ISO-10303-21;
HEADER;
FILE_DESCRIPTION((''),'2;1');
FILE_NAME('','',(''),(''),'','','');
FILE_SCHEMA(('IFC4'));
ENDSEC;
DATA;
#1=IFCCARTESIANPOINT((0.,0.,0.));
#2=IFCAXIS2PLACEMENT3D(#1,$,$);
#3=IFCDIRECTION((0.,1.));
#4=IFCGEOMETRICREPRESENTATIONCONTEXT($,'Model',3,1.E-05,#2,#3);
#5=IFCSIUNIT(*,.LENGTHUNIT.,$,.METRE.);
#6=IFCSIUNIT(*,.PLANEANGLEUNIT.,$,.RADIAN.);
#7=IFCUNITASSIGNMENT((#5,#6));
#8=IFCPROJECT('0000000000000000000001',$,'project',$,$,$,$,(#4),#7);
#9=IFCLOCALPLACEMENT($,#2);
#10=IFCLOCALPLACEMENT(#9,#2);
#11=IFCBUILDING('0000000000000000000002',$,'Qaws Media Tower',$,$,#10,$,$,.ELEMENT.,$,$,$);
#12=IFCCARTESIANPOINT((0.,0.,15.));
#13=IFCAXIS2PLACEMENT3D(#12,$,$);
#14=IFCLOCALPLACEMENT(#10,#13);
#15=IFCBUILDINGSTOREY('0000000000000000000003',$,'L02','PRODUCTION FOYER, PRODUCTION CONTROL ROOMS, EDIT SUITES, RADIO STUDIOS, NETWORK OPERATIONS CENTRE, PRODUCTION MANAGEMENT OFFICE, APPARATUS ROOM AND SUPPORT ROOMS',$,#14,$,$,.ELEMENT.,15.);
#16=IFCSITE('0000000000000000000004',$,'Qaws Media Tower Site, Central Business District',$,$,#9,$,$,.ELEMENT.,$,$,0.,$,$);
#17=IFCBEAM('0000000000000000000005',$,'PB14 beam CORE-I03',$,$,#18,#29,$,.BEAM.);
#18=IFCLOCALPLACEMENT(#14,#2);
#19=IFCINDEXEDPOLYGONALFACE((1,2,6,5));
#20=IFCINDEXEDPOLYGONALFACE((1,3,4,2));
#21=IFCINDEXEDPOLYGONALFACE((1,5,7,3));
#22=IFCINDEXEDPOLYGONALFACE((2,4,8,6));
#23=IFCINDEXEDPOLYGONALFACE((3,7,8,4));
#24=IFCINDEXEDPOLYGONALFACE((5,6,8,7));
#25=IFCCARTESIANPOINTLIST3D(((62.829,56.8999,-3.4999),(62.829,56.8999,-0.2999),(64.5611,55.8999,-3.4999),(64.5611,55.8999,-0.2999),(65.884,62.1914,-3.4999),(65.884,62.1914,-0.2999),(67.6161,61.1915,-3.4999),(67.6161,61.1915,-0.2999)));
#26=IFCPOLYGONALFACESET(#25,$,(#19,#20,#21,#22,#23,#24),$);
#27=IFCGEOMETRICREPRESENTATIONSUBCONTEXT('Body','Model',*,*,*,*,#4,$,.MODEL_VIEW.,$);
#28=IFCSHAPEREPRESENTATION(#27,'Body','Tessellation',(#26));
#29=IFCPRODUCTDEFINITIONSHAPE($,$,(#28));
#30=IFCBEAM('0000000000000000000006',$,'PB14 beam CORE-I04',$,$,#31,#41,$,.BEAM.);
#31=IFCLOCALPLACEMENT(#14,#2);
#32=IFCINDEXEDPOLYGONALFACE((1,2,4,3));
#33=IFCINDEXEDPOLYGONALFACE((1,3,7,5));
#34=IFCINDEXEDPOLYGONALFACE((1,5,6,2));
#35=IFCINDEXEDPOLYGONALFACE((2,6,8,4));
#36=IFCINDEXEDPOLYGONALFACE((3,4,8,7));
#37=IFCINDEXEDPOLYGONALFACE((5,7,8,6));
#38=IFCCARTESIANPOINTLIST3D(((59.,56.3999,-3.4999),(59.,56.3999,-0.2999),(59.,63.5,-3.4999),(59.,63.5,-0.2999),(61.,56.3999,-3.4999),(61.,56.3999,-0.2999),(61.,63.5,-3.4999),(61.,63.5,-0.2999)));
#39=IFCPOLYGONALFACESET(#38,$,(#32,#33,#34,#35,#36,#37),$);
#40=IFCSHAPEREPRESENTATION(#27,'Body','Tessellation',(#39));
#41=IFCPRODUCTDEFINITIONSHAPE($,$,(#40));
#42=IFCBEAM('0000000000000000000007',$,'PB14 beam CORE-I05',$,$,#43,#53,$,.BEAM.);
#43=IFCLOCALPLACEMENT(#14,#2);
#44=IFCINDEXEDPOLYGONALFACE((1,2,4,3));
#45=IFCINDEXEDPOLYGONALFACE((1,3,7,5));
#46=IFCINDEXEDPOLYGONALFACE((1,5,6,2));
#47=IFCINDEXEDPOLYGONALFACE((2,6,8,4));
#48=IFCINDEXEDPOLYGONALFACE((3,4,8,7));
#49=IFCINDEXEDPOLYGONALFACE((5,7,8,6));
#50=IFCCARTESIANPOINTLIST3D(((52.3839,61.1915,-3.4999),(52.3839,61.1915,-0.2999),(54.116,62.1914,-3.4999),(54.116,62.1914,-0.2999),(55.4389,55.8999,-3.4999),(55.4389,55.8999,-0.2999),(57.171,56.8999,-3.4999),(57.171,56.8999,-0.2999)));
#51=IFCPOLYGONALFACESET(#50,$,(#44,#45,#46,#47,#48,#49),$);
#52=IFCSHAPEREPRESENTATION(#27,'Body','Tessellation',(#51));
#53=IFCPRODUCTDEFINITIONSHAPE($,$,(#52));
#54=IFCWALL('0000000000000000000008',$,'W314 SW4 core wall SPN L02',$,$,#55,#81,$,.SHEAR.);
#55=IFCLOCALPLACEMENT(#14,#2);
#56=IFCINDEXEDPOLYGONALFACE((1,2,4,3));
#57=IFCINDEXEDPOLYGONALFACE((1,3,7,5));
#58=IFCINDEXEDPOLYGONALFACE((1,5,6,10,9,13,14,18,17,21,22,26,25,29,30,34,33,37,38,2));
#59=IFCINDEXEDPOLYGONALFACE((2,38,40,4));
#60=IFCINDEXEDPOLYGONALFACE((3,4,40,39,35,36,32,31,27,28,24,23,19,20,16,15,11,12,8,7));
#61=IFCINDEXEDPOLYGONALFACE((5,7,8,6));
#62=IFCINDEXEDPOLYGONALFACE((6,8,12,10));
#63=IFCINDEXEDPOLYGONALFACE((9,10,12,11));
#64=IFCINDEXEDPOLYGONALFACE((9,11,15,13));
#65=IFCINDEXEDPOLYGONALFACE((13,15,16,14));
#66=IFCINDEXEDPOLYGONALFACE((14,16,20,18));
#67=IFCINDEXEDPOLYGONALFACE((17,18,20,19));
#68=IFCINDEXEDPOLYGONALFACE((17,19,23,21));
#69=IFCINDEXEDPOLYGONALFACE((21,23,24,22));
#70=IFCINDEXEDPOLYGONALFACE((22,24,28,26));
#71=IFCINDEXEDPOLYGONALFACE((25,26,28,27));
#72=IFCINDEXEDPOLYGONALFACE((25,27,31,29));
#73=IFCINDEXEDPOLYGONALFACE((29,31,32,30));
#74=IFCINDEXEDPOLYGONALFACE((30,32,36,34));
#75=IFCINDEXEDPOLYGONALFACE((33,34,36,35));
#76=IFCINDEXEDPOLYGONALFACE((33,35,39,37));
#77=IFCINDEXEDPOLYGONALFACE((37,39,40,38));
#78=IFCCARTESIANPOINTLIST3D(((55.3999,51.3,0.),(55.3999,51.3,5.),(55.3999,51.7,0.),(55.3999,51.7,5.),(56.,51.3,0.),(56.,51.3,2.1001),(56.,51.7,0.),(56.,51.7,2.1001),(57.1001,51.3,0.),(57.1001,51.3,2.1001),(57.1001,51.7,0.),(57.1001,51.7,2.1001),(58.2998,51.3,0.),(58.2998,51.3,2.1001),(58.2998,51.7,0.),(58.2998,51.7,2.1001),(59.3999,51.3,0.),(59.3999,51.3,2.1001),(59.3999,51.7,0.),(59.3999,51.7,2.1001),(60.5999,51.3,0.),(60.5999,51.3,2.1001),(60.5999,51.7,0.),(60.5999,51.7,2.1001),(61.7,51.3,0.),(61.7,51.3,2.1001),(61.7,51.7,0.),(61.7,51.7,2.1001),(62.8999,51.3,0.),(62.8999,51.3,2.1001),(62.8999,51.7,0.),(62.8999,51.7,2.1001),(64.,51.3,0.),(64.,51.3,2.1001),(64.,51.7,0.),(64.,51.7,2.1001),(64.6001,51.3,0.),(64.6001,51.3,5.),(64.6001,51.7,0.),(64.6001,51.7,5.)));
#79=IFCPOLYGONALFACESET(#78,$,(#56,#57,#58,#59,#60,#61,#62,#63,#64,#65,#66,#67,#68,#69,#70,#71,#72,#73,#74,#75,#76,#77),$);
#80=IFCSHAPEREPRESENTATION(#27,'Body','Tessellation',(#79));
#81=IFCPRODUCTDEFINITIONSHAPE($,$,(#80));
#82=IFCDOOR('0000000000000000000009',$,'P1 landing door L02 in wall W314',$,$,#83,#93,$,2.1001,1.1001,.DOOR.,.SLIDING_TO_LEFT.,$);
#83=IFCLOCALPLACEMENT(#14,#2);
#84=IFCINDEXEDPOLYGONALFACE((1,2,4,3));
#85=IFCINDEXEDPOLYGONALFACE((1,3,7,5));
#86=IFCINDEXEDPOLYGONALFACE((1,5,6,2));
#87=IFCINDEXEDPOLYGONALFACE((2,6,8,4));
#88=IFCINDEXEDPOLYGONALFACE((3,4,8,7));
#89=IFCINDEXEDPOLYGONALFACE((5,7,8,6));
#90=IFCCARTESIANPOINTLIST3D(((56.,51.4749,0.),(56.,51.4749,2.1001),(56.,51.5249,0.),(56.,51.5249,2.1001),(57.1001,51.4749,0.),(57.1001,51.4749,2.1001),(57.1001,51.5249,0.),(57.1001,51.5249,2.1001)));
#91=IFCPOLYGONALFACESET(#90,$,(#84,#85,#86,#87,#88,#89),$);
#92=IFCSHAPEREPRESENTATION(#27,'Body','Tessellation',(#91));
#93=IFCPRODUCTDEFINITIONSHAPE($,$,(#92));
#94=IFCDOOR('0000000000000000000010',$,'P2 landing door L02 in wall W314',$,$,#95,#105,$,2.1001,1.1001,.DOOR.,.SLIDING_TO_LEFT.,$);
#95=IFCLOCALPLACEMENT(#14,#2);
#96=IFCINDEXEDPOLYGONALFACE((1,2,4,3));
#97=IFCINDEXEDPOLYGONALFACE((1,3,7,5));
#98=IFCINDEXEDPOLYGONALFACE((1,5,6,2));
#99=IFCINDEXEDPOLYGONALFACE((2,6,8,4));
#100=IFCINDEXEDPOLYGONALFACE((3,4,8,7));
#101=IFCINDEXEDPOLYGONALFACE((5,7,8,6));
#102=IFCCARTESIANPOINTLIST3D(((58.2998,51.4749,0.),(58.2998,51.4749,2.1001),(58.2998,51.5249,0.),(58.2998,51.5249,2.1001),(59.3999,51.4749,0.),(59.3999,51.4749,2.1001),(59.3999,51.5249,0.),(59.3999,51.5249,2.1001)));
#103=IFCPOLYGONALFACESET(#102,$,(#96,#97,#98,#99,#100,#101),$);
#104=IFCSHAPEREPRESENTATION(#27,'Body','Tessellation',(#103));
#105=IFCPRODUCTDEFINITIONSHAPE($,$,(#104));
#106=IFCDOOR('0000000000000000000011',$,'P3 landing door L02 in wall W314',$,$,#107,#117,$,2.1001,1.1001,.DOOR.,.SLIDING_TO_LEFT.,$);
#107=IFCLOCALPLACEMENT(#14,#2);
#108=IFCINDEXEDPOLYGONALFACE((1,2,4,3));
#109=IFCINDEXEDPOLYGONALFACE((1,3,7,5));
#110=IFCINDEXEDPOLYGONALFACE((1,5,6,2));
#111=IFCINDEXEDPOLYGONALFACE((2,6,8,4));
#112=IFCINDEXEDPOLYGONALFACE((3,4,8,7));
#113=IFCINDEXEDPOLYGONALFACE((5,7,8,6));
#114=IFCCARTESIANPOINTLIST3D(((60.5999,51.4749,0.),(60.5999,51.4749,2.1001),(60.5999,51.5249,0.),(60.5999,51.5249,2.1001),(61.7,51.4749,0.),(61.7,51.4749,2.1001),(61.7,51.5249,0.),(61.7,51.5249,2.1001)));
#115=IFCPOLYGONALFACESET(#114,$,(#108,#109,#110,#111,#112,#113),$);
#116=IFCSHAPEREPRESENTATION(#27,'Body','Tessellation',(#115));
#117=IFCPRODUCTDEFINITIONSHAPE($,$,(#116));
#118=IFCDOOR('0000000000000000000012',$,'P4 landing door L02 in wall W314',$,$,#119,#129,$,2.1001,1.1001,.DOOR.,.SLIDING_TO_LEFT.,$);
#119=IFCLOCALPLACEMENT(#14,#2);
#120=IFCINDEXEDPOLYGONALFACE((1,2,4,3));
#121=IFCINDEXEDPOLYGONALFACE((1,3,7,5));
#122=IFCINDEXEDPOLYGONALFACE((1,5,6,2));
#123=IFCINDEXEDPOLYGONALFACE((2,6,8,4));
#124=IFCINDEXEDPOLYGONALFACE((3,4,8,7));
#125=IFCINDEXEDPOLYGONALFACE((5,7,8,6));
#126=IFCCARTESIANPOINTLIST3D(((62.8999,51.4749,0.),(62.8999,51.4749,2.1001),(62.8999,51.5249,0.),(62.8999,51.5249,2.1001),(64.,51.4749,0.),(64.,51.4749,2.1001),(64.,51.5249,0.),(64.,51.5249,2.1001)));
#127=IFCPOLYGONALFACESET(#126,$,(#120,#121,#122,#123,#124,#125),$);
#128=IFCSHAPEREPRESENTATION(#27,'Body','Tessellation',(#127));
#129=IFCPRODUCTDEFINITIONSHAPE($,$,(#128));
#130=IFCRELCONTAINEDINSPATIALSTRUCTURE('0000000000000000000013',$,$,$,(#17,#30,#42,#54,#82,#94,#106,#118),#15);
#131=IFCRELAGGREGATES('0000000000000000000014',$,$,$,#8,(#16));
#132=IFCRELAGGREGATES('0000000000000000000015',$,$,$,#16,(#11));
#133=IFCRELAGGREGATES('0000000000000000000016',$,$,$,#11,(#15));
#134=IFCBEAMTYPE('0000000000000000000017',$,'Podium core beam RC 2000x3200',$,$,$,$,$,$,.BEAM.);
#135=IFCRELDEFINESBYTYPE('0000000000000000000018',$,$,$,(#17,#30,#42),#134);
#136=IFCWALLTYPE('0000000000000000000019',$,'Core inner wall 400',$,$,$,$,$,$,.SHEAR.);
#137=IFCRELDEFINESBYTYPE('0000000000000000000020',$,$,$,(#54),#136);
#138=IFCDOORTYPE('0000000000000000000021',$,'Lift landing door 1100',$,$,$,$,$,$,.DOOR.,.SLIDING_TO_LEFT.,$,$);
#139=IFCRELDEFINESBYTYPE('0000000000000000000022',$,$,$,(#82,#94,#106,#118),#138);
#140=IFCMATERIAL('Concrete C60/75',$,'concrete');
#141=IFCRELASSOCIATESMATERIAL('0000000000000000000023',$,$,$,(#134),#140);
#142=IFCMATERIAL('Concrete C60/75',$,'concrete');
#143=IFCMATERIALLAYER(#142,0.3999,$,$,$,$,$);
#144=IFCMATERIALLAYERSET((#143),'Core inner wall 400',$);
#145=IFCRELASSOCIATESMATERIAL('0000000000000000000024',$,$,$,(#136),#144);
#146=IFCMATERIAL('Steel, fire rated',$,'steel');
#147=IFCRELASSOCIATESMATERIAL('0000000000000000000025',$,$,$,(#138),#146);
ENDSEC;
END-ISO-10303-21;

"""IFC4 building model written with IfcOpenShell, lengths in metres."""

from ifc_helpers import new_model, si_unit, direction, frame, frame_2d, origin, origin_2d, place, context, subcontext, project, spatial, rectangle, extrude, material, layer, layer_set, material_profile, profile_set, type_object, element, fill, save


model = new_model("IFC4")

# Units and contexts
model_context = context("Model", 3, precision=1e-05, world=origin(), true_north=direction((0.0, 1.0)))
body_context = subcontext(model_context, "Body", "Model", "MODEL_VIEW")
ifc_project = project(units=[si_unit("LENGTHUNIT", "METRE"), si_unit("PLANEANGLEUNIT", "RADIAN")], contexts=[model_context])

# Site, building, storey
site_placement = place(None, origin())
site = spatial("IfcSite", under=ifc_project, at=site_placement, Name="Qaws Media Tower Site, Central Business District", CompositionType="ELEMENT", RefElevation=0.0)
building_placement = place(site_placement, origin())
building = spatial("IfcBuilding", under=site, at=building_placement, Name="Qaws Media Tower", CompositionType="ELEMENT")
storey_placement = place(building_placement, frame((0.0, 0.0, 15.0)))
storey = spatial("IfcBuildingStorey", under=building, at=storey_placement, Name="L02", Description="PRODUCTION FOYER, PRODUCTION CONTROL ROOMS, EDIT SUITES, RADIO STUDIOS, NETWORK OPERATIONS CENTRE, PRODUCTION MANAGEMENT OFFICE, APPARATUS ROOM AND SUPPORT ROOMS", CompositionType="ELEMENT", Elevation=15.0)

# Beams
ifc_material_1 = material(Name="Concrete C60/75", Category="concrete")
ifc_material_profile = material_profile(ifc_material_1, rectangle(XDim=2.0, YDim=3.2, at=origin_2d()), Name="RC 2000x3200")
ifc_profile_set = profile_set([ifc_material_profile], Name="Concrete C60/75")
beam_type = type_object("IfcBeamType", Name="Podium core beam RC 2000x3200", PredefinedType="BEAM", material=ifc_profile_set)
beam_1_placement = place(storey_placement, frame((63.6951, 56.3999, -1.8999), z_axis=(0.499985, 0.866034, 0.0), x_axis=(-0.866034, 0.499985, 0.0)))
element("IfcBeam", 1, at=beam_1_placement, inside=storey, type_object=beam_type, Name="PB14 beam CORE-I03", PredefinedType="BEAM", context=body_context, shape_type="SweptSolid", body=[
    extrude(rectangle(XDim=2.0, YDim=3.2, at=origin_2d()), origin(), (0.0, 0.0, 1.0), 6.1101),
])
beam_2_placement = place(storey_placement, frame((60.0, 56.3999, -1.8999), z_axis=(0.0, 1.0, 0.0), x_axis=(-1.0, 0.0, 0.0)))
element("IfcBeam", 2, at=beam_2_placement, inside=storey, type_object=beam_type, Name="PB14 beam CORE-I04", PredefinedType="BEAM", context=body_context, shape_type="SweptSolid", body=[
    extrude(rectangle(XDim=2.0, YDim=3.2, at=origin_2d()), origin(), (0.0, 0.0, 1.0), 7.1001),
])
beam_3_placement = place(storey_placement, frame((56.3049, 56.3999, -1.8999), z_axis=(-0.499985, 0.866034, 0.0), x_axis=(-0.866034, -0.499985, 0.0)))
element("IfcBeam", 3, at=beam_3_placement, inside=storey, type_object=beam_type, Name="PB14 beam CORE-I05", PredefinedType="BEAM", context=body_context, shape_type="SweptSolid", body=[
    extrude(rectangle(XDim=2.0, YDim=3.2, at=origin_2d()), origin(), (0.0, 0.0, 1.0), 6.1101),
])

# Wall, openings, doors
ifc_material_2 = material(Name="Concrete C60/75", Category="concrete")
ifc_layer_1 = layer(ifc_material_2, 0.3999)
ifc_layer_set_1 = layer_set([ifc_layer_1], Name="Core inner wall 400")
wall_type_1 = type_object("IfcWallType", Name="Core inner wall 400", PredefinedType="SHEAR", material=ifc_layer_set_1)
wall_1_placement = place(storey_placement, frame((55.3999, 51.5, 0.0), z_axis=(0.0, 0.0, 1.0), x_axis=(1.0, 0.0, 0.0)))
wall_1 = element("IfcWall", 4, at=wall_1_placement, inside=storey, type_object=wall_type_1, Name="W314 SW4 core wall SPN L02", PredefinedType="SHEAR", context=body_context, shape_type="SweptSolid", body=[
    extrude(rectangle(XDim=9.2002, YDim=0.3999, at=frame_2d((4.6001, 0.0))), origin(), (0.0, 0.0, 1.0), 5.0),
])
opening_1_placement = place(wall_1_placement, frame((0.6001, 0.0, 0.0)))
opening_1 = element("IfcOpeningElement", 5, at=opening_1_placement, cuts=wall_1, PredefinedType="OPENING", context=body_context, shape_type="SweptSolid", body=[
    extrude(rectangle(XDim=1.1001, YDim=2.1001, at=frame_2d((0.55, 1.05))), frame((0.0, 0.21, 0.0), z_axis=(0.0, -1.0, 0.0), x_axis=(1.0, 0.0, 0.0)), (0.0, 0.0, 1.0), 0.4199),
])
opening_2_placement = place(wall_1_placement, frame((2.8999, 0.0, 0.0)))
opening_2 = element("IfcOpeningElement", 6, at=opening_2_placement, cuts=wall_1, PredefinedType="OPENING", context=body_context, shape_type="SweptSolid", body=[
    extrude(rectangle(XDim=1.1001, YDim=2.1001, at=frame_2d((0.55, 1.05))), frame((0.0, 0.21, 0.0), z_axis=(0.0, -1.0, 0.0), x_axis=(1.0, 0.0, 0.0)), (0.0, 0.0, 1.0), 0.4199),
])
opening_3_placement = place(wall_1_placement, frame((5.2, 0.0, 0.0)))
opening_3 = element("IfcOpeningElement", 7, at=opening_3_placement, cuts=wall_1, PredefinedType="OPENING", context=body_context, shape_type="SweptSolid", body=[
    extrude(rectangle(XDim=1.1001, YDim=2.1001, at=frame_2d((0.55, 1.05))), frame((0.0, 0.21, 0.0), z_axis=(0.0, -1.0, 0.0), x_axis=(1.0, 0.0, 0.0)), (0.0, 0.0, 1.0), 0.4199),
])
opening_4_placement = place(wall_1_placement, frame((7.5, 0.0, 0.0)))
opening_4 = element("IfcOpeningElement", 8, at=opening_4_placement, cuts=wall_1, PredefinedType="OPENING", context=body_context, shape_type="SweptSolid", body=[
    extrude(rectangle(XDim=1.1001, YDim=2.1001, at=frame_2d((0.55, 1.05))), frame((0.0, 0.21, 0.0), z_axis=(0.0, -1.0, 0.0), x_axis=(1.0, 0.0, 0.0)), (0.0, 0.0, 1.0), 0.4199),
])
ifc_material_3 = material(Name="Steel, fire rated", Category="steel")
door_type_1 = type_object("IfcDoorType", Name="Lift landing door 1100", OperationType="SLIDING_TO_LEFT", PredefinedType="DOOR", material=ifc_material_3)
door_1_placement = place(opening_1_placement, origin())
door_1 = element("IfcDoor", 9, at=door_1_placement, inside=storey, type_object=door_type_1, Name="P1 landing door L02 in wall W314", OperationType="SLIDING_TO_LEFT", OverallHeight=2.1001, OverallWidth=1.1001, PredefinedType="DOOR", context=body_context, shape_type="SweptSolid", body=[
    extrude(rectangle(XDim=1.1001, YDim=2.1001, at=frame_2d((0.55, 1.05))), frame((0.0, 0.0249, 0.0), z_axis=(0.0, -1.0, 0.0), x_axis=(1.0, 0.0, 0.0)), (0.0, 0.0, 1.0), 0.05),
])
fill(opening_1, door_1)
door_2_placement = place(opening_2_placement, origin())
door_2 = element("IfcDoor", 10, at=door_2_placement, inside=storey, type_object=door_type_1, Name="P2 landing door L02 in wall W314", OperationType="SLIDING_TO_LEFT", OverallHeight=2.1001, OverallWidth=1.1001, PredefinedType="DOOR", context=body_context, shape_type="SweptSolid", body=[
    extrude(rectangle(XDim=1.1001, YDim=2.1001, at=frame_2d((0.55, 1.05))), frame((0.0, 0.0249, 0.0), z_axis=(0.0, -1.0, 0.0), x_axis=(1.0, 0.0, 0.0)), (0.0, 0.0, 1.0), 0.05),
])
fill(opening_2, door_2)
door_3_placement = place(opening_3_placement, origin())
door_3 = element("IfcDoor", 11, at=door_3_placement, inside=storey, type_object=door_type_1, Name="P3 landing door L02 in wall W314", OperationType="SLIDING_TO_LEFT", OverallHeight=2.1001, OverallWidth=1.1001, PredefinedType="DOOR", context=body_context, shape_type="SweptSolid", body=[
    extrude(rectangle(XDim=1.1001, YDim=2.1001, at=frame_2d((0.55, 1.05))), frame((0.0, 0.0249, 0.0), z_axis=(0.0, -1.0, 0.0), x_axis=(1.0, 0.0, 0.0)), (0.0, 0.0, 1.0), 0.05),
])
fill(opening_3, door_3)
door_4_placement = place(opening_4_placement, origin())
door_4 = element("IfcDoor", 12, at=door_4_placement, inside=storey, type_object=door_type_1, Name="P4 landing door L02 in wall W314", OperationType="SLIDING_TO_LEFT", OverallHeight=2.1001, OverallWidth=1.1001, PredefinedType="DOOR", context=body_context, shape_type="SweptSolid", body=[
    extrude(rectangle(XDim=1.1001, YDim=2.1001, at=frame_2d((0.55, 1.05))), frame((0.0, 0.0249, 0.0), z_axis=(0.0, -1.0, 0.0), x_axis=(1.0, 0.0, 0.0)), (0.0, 0.0, 1.0), 0.05),
])
fill(opening_4, door_4)

save(model, "model.ifc")
